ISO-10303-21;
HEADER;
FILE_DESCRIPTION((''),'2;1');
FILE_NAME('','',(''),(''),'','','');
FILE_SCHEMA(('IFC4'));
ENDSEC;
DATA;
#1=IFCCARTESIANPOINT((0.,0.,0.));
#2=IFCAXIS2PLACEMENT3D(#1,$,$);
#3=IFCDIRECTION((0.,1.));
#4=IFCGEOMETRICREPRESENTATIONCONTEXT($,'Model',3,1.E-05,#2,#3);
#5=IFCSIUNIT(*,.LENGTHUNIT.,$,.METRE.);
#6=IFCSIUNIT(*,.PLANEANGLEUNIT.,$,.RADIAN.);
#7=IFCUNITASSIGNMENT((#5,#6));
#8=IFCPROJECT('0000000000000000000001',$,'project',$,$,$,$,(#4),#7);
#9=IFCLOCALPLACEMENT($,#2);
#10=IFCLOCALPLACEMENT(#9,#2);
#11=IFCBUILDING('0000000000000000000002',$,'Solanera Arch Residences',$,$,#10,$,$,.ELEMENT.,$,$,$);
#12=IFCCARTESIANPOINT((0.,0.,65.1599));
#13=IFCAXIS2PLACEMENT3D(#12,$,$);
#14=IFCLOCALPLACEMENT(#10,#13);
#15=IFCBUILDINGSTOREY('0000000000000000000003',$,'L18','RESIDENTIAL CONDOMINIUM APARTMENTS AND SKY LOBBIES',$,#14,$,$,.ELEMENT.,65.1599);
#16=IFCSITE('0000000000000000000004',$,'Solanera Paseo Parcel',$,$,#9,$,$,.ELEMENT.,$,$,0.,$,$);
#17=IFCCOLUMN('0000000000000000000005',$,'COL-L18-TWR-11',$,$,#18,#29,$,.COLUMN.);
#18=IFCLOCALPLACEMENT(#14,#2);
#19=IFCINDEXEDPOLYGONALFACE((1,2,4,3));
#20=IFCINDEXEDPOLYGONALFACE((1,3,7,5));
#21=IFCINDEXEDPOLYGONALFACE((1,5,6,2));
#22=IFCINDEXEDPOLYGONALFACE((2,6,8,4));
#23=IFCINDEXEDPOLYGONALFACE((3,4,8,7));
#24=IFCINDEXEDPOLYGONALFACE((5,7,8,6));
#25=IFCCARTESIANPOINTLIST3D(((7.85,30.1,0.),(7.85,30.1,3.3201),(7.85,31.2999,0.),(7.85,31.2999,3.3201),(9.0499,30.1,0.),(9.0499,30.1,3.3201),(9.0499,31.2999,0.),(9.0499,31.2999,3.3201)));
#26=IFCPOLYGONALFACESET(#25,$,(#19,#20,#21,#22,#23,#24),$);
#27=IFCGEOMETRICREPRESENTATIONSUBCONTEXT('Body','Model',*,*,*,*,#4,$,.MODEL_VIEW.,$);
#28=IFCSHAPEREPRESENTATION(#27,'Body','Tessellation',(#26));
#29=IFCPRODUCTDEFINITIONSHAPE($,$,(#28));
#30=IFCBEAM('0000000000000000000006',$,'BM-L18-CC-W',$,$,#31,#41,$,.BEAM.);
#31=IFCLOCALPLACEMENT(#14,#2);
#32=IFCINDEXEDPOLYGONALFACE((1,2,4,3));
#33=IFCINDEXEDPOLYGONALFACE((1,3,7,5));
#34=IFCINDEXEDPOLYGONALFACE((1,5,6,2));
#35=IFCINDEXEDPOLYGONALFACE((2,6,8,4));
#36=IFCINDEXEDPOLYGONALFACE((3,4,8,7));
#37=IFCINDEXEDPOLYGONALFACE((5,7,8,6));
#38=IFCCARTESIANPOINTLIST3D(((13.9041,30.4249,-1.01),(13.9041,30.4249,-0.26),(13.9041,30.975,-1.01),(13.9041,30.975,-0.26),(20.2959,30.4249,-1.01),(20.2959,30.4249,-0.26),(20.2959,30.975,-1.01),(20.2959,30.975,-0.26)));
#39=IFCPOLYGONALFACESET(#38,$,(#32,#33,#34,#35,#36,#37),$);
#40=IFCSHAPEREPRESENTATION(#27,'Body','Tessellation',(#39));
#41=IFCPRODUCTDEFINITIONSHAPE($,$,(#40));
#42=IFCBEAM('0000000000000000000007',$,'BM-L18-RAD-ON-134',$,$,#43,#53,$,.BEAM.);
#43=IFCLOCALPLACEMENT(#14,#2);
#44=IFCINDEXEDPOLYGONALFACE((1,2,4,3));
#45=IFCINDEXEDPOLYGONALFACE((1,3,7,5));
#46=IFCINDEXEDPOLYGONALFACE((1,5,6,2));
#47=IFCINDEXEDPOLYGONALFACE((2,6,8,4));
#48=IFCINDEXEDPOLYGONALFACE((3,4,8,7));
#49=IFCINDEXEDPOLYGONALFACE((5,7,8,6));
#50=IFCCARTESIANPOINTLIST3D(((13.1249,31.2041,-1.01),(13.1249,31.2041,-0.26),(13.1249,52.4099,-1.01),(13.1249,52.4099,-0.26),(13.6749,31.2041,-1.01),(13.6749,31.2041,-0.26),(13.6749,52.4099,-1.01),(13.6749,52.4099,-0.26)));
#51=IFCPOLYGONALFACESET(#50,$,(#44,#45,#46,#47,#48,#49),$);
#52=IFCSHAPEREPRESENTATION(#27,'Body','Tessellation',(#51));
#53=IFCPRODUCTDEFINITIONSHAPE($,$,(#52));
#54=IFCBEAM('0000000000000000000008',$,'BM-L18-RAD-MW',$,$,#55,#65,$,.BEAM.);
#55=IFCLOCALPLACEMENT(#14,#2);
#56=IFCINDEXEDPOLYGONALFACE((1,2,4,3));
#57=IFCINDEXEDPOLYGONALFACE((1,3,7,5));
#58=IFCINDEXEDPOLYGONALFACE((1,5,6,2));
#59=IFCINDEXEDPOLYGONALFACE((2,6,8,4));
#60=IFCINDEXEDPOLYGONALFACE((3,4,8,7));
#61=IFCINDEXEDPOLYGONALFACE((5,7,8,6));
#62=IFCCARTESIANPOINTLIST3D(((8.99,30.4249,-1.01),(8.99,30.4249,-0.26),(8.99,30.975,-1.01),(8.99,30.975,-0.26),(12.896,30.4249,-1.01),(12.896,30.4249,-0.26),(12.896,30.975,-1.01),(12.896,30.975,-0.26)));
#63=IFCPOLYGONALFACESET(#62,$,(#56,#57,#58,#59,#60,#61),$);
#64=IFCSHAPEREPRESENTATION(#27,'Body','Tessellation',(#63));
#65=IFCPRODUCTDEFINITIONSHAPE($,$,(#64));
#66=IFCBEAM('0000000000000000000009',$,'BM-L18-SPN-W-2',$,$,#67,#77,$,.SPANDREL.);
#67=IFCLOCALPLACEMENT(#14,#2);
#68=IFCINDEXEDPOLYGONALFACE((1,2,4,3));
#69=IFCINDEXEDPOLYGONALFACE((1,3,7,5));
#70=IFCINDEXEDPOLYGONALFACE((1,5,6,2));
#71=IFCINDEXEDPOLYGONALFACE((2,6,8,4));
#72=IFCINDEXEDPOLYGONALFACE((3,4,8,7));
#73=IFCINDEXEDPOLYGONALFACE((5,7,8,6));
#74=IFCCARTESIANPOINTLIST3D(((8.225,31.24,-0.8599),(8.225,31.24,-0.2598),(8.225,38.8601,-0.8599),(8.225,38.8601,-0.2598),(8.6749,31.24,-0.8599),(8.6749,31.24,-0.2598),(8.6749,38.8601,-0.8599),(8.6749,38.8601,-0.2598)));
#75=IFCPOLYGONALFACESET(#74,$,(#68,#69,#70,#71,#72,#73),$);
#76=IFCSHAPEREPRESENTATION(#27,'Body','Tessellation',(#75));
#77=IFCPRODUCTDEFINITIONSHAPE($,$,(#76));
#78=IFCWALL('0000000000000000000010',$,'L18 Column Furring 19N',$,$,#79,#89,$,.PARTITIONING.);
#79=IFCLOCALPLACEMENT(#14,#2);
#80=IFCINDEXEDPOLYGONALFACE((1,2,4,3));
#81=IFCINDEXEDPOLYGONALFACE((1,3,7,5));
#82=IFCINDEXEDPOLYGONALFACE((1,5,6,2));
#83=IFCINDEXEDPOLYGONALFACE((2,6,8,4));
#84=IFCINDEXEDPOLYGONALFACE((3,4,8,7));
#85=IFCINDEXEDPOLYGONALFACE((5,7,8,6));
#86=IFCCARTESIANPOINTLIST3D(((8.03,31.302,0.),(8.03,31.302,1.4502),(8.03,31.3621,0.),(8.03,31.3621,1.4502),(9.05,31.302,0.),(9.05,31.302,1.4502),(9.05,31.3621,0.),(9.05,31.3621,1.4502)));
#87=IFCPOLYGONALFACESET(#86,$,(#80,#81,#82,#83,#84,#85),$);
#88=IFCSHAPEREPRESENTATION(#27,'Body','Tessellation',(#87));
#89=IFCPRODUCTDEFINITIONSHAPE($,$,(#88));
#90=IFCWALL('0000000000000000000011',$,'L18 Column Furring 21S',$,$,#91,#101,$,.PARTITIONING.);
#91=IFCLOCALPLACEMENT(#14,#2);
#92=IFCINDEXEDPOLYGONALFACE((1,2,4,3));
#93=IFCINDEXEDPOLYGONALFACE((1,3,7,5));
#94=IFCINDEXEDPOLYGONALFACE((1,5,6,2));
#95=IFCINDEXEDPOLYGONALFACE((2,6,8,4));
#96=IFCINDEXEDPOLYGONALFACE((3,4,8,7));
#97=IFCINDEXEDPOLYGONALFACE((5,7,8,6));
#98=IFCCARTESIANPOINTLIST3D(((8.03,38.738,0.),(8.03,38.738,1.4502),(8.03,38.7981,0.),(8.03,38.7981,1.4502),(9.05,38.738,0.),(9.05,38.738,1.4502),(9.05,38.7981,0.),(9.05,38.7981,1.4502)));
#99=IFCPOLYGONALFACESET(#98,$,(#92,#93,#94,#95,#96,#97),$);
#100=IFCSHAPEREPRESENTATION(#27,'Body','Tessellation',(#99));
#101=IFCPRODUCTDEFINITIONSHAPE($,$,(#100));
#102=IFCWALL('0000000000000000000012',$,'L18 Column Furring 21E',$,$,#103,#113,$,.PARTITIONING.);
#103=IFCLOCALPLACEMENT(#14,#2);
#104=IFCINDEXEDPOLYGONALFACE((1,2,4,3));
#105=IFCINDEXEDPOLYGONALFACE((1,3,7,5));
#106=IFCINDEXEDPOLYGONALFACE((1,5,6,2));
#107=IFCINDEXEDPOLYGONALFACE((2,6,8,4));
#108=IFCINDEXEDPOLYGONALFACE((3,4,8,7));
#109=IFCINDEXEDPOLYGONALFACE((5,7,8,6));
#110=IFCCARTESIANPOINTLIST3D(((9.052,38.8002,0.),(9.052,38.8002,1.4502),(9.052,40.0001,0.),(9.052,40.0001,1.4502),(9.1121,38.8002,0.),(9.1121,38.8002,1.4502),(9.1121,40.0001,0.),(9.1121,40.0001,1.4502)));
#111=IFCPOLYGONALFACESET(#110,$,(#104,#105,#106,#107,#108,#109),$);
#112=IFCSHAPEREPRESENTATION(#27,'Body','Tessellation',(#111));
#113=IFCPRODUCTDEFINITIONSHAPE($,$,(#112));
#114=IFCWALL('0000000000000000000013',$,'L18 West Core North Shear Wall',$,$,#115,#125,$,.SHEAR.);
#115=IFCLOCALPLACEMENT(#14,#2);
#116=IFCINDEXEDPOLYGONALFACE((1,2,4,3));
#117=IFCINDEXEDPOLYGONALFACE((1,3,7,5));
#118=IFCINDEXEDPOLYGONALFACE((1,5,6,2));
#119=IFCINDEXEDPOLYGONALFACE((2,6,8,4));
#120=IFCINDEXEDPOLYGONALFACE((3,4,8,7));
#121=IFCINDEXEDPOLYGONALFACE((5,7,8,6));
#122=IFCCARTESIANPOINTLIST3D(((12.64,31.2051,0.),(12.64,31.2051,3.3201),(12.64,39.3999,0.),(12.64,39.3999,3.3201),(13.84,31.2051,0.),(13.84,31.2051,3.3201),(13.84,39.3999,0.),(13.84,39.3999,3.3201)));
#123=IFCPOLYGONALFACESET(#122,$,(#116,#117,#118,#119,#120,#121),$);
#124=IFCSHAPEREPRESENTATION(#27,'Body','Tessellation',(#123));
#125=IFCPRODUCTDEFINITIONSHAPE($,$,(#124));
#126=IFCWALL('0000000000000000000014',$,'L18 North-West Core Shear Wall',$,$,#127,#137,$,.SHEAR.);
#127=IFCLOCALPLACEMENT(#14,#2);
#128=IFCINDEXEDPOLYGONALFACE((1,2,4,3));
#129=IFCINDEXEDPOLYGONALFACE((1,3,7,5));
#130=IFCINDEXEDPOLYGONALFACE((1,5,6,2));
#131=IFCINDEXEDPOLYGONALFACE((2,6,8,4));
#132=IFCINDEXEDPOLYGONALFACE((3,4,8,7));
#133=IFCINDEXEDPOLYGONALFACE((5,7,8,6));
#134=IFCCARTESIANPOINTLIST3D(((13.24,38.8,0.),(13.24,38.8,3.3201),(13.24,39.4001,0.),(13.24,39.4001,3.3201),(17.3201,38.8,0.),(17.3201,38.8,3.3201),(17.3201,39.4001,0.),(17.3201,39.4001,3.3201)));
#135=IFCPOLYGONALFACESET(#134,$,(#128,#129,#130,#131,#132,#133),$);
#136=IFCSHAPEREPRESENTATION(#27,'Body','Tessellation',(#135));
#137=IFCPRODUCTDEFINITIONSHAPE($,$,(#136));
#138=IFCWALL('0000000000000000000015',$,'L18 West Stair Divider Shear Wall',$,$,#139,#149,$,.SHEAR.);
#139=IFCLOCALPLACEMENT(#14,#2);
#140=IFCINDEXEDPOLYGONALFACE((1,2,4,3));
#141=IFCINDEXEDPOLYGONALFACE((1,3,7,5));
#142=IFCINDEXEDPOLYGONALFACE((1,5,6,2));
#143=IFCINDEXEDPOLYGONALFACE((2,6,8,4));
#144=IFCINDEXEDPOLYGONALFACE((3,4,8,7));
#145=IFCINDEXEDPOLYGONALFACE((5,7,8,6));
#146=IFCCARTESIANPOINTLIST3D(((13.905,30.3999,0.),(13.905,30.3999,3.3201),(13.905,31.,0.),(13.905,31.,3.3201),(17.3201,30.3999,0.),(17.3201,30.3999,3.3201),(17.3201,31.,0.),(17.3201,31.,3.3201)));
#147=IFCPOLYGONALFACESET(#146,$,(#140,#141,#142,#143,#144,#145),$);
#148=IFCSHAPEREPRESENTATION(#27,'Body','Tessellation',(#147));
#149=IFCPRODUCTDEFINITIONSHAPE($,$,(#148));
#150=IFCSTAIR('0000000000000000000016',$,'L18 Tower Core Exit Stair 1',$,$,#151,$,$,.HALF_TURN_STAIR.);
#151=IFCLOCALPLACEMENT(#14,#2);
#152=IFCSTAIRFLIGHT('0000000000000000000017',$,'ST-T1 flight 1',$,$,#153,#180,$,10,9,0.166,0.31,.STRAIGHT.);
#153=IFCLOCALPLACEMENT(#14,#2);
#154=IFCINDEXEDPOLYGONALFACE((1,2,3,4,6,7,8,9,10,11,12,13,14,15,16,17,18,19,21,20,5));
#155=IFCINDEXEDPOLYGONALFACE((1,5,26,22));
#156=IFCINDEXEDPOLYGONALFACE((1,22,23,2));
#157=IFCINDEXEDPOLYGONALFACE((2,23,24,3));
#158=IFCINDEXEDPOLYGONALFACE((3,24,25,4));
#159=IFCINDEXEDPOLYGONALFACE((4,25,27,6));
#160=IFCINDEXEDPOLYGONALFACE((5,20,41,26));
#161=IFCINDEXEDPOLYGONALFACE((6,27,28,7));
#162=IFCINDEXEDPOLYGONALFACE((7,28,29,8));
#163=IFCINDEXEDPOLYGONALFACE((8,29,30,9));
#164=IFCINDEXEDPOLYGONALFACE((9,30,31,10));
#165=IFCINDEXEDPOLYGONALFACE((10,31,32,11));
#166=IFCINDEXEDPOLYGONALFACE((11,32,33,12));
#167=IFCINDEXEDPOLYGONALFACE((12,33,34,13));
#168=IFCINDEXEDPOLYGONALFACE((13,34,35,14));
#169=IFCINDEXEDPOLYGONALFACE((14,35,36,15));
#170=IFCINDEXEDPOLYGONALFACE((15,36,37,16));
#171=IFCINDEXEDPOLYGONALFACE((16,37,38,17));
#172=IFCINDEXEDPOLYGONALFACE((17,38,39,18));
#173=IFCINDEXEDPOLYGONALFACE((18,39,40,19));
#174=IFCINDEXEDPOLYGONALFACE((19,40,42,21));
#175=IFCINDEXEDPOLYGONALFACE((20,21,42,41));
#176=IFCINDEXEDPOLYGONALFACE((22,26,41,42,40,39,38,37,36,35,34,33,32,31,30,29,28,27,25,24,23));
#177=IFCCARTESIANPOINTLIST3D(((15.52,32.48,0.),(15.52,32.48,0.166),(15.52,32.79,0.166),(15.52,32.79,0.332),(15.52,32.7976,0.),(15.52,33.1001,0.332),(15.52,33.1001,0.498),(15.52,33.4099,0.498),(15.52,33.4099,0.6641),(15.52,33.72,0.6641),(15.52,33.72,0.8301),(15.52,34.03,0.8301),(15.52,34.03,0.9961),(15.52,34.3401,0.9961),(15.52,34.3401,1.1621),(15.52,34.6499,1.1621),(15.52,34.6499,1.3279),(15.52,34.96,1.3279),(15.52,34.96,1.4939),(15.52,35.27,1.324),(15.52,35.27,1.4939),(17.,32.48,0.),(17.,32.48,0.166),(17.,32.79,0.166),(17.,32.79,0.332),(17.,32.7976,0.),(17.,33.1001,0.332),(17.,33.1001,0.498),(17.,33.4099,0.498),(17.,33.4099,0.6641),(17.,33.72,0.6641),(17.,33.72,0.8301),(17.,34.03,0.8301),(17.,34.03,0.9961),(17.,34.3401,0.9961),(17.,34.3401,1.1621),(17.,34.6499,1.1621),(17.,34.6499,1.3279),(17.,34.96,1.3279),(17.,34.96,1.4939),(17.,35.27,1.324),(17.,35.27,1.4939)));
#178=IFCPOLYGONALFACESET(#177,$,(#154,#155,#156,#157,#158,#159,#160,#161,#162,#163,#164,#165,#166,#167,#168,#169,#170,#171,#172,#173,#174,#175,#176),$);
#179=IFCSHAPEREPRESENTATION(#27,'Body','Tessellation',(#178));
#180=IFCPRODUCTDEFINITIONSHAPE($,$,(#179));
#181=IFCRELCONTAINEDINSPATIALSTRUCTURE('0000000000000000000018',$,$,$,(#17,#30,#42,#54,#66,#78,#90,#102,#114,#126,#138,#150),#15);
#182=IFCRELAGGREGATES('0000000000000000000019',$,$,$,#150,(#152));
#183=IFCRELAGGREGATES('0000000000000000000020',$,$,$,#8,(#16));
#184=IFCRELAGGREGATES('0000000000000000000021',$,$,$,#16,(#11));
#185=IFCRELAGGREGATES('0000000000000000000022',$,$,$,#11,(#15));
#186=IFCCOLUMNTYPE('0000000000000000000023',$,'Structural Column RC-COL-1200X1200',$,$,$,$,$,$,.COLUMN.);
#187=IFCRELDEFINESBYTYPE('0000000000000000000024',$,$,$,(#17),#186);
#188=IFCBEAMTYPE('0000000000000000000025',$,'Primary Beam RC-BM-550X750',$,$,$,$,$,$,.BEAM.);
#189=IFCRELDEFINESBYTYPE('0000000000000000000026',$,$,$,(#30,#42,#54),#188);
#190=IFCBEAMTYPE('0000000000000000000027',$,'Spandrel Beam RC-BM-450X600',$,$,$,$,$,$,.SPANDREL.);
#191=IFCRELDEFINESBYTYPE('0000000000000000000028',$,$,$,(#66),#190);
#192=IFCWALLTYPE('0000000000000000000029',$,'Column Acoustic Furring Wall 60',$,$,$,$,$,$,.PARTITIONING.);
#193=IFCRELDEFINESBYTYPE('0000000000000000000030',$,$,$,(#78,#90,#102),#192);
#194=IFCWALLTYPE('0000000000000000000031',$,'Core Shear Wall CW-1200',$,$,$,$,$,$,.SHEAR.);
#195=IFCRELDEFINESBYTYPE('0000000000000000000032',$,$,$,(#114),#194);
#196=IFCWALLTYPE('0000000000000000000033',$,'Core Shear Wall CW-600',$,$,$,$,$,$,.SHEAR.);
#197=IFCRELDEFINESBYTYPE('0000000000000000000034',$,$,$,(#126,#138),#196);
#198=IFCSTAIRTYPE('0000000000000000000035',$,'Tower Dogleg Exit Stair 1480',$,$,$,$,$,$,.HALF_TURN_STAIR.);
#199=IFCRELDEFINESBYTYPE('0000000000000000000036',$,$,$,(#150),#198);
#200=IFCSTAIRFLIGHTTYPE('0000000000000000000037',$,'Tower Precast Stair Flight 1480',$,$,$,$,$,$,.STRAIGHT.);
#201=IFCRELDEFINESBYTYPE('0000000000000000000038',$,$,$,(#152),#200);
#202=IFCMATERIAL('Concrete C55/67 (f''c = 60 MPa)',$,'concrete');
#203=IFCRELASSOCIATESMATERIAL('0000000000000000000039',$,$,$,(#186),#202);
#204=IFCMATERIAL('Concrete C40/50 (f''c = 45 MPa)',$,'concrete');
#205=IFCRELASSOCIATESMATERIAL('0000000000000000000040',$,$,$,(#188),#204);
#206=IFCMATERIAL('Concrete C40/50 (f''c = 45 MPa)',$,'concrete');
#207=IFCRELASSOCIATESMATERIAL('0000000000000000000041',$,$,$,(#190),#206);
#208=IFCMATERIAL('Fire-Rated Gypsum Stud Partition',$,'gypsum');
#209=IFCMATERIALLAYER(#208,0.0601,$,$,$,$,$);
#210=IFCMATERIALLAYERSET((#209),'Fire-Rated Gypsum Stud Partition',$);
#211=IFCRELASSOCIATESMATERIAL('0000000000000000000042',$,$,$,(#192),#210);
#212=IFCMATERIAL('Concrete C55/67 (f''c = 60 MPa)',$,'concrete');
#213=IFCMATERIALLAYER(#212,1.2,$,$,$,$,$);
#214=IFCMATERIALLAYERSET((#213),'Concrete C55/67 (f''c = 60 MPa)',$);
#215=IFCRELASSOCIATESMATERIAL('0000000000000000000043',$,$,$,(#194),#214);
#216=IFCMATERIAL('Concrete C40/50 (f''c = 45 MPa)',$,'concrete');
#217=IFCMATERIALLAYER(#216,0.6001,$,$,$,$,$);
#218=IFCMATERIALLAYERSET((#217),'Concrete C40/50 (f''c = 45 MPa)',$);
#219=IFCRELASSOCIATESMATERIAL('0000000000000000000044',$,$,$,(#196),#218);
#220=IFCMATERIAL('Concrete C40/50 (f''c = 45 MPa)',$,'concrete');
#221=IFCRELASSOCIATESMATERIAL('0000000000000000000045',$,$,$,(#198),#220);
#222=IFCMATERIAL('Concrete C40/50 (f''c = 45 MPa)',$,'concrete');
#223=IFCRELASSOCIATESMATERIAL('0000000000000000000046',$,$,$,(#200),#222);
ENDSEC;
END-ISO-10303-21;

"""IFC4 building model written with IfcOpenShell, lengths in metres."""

from ifc_helpers import new_model, si_unit, direction, frame, frame_2d, origin, origin_2d, place, context, subcontext, project, spatial, polyline, rectangle, outline, extrude, material, layer, layer_set, material_profile, profile_set, type_object, element, aggregate, save


model = new_model("IFC4")

# Units and contexts
model_context = context("Model", 3, precision=1e-05, world=origin(), true_north=direction((0.0, 1.0)))
body_context = subcontext(model_context, "Body", "Model", "MODEL_VIEW")
ifc_project = project(units=[si_unit("LENGTHUNIT", "METRE"), si_unit("PLANEANGLEUNIT", "RADIAN")], contexts=[model_context])

# Site, building, storey
site_placement = place(None, origin())
site = spatial("IfcSite", under=ifc_project, at=site_placement, Name="Solanera Paseo Parcel", CompositionType="ELEMENT", RefElevation=0.0)
building_placement = place(site_placement, origin())
building = spatial("IfcBuilding", under=site, at=building_placement, Name="Solanera Arch Residences", CompositionType="ELEMENT")
storey_placement = place(building_placement, frame((0.0, 0.0, 65.1599)))
storey = spatial("IfcBuildingStorey", under=building, at=storey_placement, Name="L18", Description="RESIDENTIAL CONDOMINIUM APARTMENTS AND SKY LOBBIES", CompositionType="ELEMENT", Elevation=65.1599)

# Column
ifc_material_1 = material(Name="Concrete C55/67 (f'c = 60 MPa)", Category="concrete")
ifc_material_profile_1 = material_profile(ifc_material_1, rectangle(XDim=1.2, YDim=1.2, at=origin_2d()))
ifc_profile_set_1 = profile_set([ifc_material_profile_1], Name="Concrete C55/67 (f'c = 60 MPa)")
column_type = type_object("IfcColumnType", Name="Structural Column RC-COL-1200X1200", PredefinedType="COLUMN", material=ifc_profile_set_1)
column_placement = place(storey_placement, frame((8.45, 30.7, 0.0), z_axis=(0.0, 0.0, 1.0), x_axis=(1.0, 0.0, 0.0)))
element("IfcColumn", 1, at=column_placement, inside=storey, type_object=column_type, Name="COL-L18-TWR-11", PredefinedType="COLUMN", context=body_context, shape_type="SweptSolid", body=[
    extrude(rectangle(XDim=1.2, YDim=1.2, at=origin_2d()), origin(), (0.0, 0.0, 1.0), 3.3201),
])

# Beams
ifc_material_2 = material(Name="Concrete C40/50 (f'c = 45 MPa)", Category="concrete")
ifc_material_profile_2 = material_profile(ifc_material_2, rectangle(XDim=0.55, YDim=0.75, at=origin_2d()))
ifc_profile_set_2 = profile_set([ifc_material_profile_2], Name="Concrete C40/50 (f'c = 45 MPa)")
beam_type_1 = type_object("IfcBeamType", Name="Primary Beam RC-BM-550X750", PredefinedType="BEAM", material=ifc_profile_set_2)
beam_1_placement = place(storey_placement, frame((13.9041, 30.7, -0.635), z_axis=(1.0, 0.0, 0.0), x_axis=(0.0, 1.0, 0.0)))
element("IfcBeam", 2, at=beam_1_placement, inside=storey, type_object=beam_type_1, Name="BM-L18-CC-W", PredefinedType="BEAM", context=body_context, shape_type="SweptSolid", body=[
    extrude(rectangle(XDim=0.55, YDim=0.75, at=origin_2d()), origin(), (0.0, 0.0, 1.0), 6.3918),
])
beam_2_placement = place(storey_placement, frame((13.3999, 31.2041, -0.635), z_axis=(0.0, 1.0, 0.0), x_axis=(-1.0, 0.0, 0.0)))
element("IfcBeam", 3, at=beam_2_placement, inside=storey, type_object=beam_type_1, Name="BM-L18-RAD-ON-134", PredefinedType="BEAM", context=body_context, shape_type="SweptSolid", body=[
    extrude(rectangle(XDim=0.55, YDim=0.75, at=origin_2d()), origin(), (0.0, 0.0, 1.0), 21.2058),
])
beam_3_placement = place(storey_placement, frame((8.99, 30.7, -0.635), z_axis=(1.0, 0.0, 0.0), x_axis=(0.0, 1.0, 0.0)))
element("IfcBeam", 4, at=beam_3_placement, inside=storey, type_object=beam_type_1, Name="BM-L18-RAD-MW", PredefinedType="BEAM", context=body_context, shape_type="SweptSolid", body=[
    extrude(rectangle(XDim=0.55, YDim=0.75, at=origin_2d()), origin(), (0.0, 0.0, 1.0), 3.906),
])
ifc_material_3 = material(Name="Concrete C40/50 (f'c = 45 MPa)", Category="concrete")
ifc_material_profile_3 = material_profile(ifc_material_3, rectangle(XDim=0.45, YDim=0.6001, at=origin_2d()))
ifc_profile_set_3 = profile_set([ifc_material_profile_3], Name="Concrete C40/50 (f'c = 45 MPa)")
beam_type_2 = type_object("IfcBeamType", Name="Spandrel Beam RC-BM-450X600", PredefinedType="SPANDREL", material=ifc_profile_set_3)
beam_4_placement = place(storey_placement, frame((8.45, 31.24, -0.5598), z_axis=(0.0, 1.0, 0.0), x_axis=(-1.0, 0.0, 0.0)))
element("IfcBeam", 5, at=beam_4_placement, inside=storey, type_object=beam_type_2, Name="BM-L18-SPN-W-2", PredefinedType="SPANDREL", context=body_context, shape_type="SweptSolid", body=[
    extrude(rectangle(XDim=0.45, YDim=0.6001, at=origin_2d()), origin(), (0.0, 0.0, 1.0), 7.6201),
])

# Walls
ifc_material_4 = material(Name="Fire-Rated Gypsum Stud Partition", Category="gypsum")
ifc_layer_1 = layer(ifc_material_4, 0.0601)
ifc_layer_set_1 = layer_set([ifc_layer_1], Name="Fire-Rated Gypsum Stud Partition")
wall_type_1 = type_object("IfcWallType", Name="Column Acoustic Furring Wall 60", PredefinedType="PARTITIONING", material=ifc_layer_set_1)
for number, where, z_axis, x_axis, name in (
    (6, (8.03, 31.332, 0.0), (0.0, 0.0, 1.0), (1.0, 0.0, 0.0), "L18 Column Furring 19N"),
    (7, (8.03, 38.7681, 0.0), (0.0, 0.0, 1.0), (1.0, 0.0, 0.0), "L18 Column Furring 21S"),
):
    element("IfcWall", number, at=place(storey_placement, frame(where, z_axis=z_axis, x_axis=x_axis)), inside=storey, type_object=wall_type_1, Name=name, PredefinedType="PARTITIONING", context=body_context, shape_type="SweptSolid", body=[
        extrude(rectangle(XDim=1.02, YDim=0.0601, at=frame_2d((0.51, 0.0))), origin(), (0.0, 0.0, 1.0), 1.4502),
    ])
wall_1_placement = place(storey_placement, frame((9.082, 38.8, 0.0), z_axis=(0.0, 0.0, 1.0), x_axis=(0.0, 1.0, 0.0)))
element("IfcWall", 8, at=wall_1_placement, inside=storey, type_object=wall_type_1, Name="L18 Column Furring 21E", PredefinedType="PARTITIONING", context=body_context, shape_type="SweptSolid", body=[
    extrude(rectangle(XDim=1.2, YDim=0.0601, at=frame_2d((0.6001, 0.0))), origin(), (0.0, 0.0, 1.0), 1.4502),
])
ifc_material_5 = material(Name="Concrete C55/67 (f'c = 60 MPa)", Category="concrete")
ifc_layer_2 = layer(ifc_material_5, 1.2)
ifc_layer_set_2 = layer_set([ifc_layer_2], Name="Concrete C55/67 (f'c = 60 MPa)")
wall_type_2 = type_object("IfcWallType", Name="Core Shear Wall CW-1200", PredefinedType="SHEAR", material=ifc_layer_set_2)
wall_2_placement = place(storey_placement, frame((13.24, 31.2051, 0.0), z_axis=(0.0, 0.0, 1.0), x_axis=(0.0, 1.0, 0.0)))
element("IfcWall", 9, at=wall_2_placement, inside=storey, type_object=wall_type_2, Name="L18 West Core North Shear Wall", PredefinedType="SHEAR", context=body_context, shape_type="SweptSolid", body=[
    extrude(rectangle(XDim=8.1948, YDim=1.2, at=frame_2d((4.0974, 0.0))), origin(), (0.0, 0.0, 1.0), 3.3201),
])
ifc_material_6 = material(Name="Concrete C40/50 (f'c = 45 MPa)", Category="concrete")
ifc_layer_3 = layer(ifc_material_6, 0.6001)
ifc_layer_set_3 = layer_set([ifc_layer_3], Name="Concrete C40/50 (f'c = 45 MPa)")
wall_type_3 = type_object("IfcWallType", Name="Core Shear Wall CW-600", PredefinedType="SHEAR", material=ifc_layer_set_3)
wall_3_placement = place(storey_placement, frame((13.24, 39.1001, 0.0), z_axis=(0.0, 0.0, 1.0), x_axis=(1.0, 0.0, 0.0)))
element("IfcWall", 10, at=wall_3_placement, inside=storey, type_object=wall_type_3, Name="L18 North-West Core Shear Wall", PredefinedType="SHEAR", context=body_context, shape_type="SweptSolid", body=[
    extrude(rectangle(XDim=4.0801, YDim=0.6001, at=frame_2d((2.04, 0.0))), origin(), (0.0, 0.0, 1.0), 3.3201),
])
wall_4_placement = place(storey_placement, frame((13.905, 30.7, 0.0), z_axis=(0.0, 0.0, 1.0), x_axis=(1.0, 0.0, 0.0)))
element("IfcWall", 11, at=wall_4_placement, inside=storey, type_object=wall_type_3, Name="L18 West Stair Divider Shear Wall", PredefinedType="SHEAR", context=body_context, shape_type="SweptSolid", body=[
    extrude(rectangle(XDim=3.415, YDim=0.6001, at=frame_2d((1.7075, 0.0))), origin(), (0.0, 0.0, 1.0), 3.3201),
])

# Stair, stair flight
ifc_material_7 = material(Name="Concrete C40/50 (f'c = 45 MPa)", Category="concrete")
stair_type = type_object("IfcStairType", Name="Tower Dogleg Exit Stair 1480", PredefinedType="HALF_TURN_STAIR", material=ifc_material_7)
stair_placement = place(storey_placement, origin())
stair = element("IfcStair", 12, at=stair_placement, inside=storey, type_object=stair_type, Name="L18 Tower Core Exit Stair 1", PredefinedType="HALF_TURN_STAIR")
ifc_material_8 = material(Name="Concrete C40/50 (f'c = 45 MPa)", Category="concrete")
stair_flight_type = type_object("IfcStairFlightType", Name="Tower Precast Stair Flight 1480", PredefinedType="STRAIGHT", material=ifc_material_8)
stair_flight_1_placement = place(storey_placement, frame((16.26, 32.48, 0.0), z_axis=(0.0, 0.0, 1.0), x_axis=(0.0, 1.0, 0.0)))
stair_flight_1 = element("IfcStairFlight", 13, at=stair_flight_1_placement, type_object=stair_flight_type, Name="ST-T1 flight 1", NumberOfRisers=10, NumberOfTreads=9, PredefinedType="STRAIGHT", RiserHeight=0.166, TreadLength=0.31, context=body_context, shape_type="SweptSolid", body=[
    extrude(outline(polyline([(0.0, 0.0), (0.0, 0.166), (0.3101, 0.166), (0.3101, 0.332), (0.6201, 0.332), (0.6201, 0.498), (0.9299, 0.498), (0.9299, 0.6641), (1.24, 0.6641), (1.24, 0.8301), (1.55, 0.8301), (1.55, 0.9961), (1.8601, 0.9961), (1.8601, 1.1621), (2.1699, 1.1621), (2.1699, 1.3279), (2.48, 1.3279), (2.48, 1.4939), (2.79, 1.4939), (2.79, 1.6599), (2.79, 1.324), (0.3176, 0.0), (0.0, 0.0)])), frame((0.0, 0.74, 0.0), z_axis=(0.0, -1.0, 0.0), x_axis=(1.0, 0.0, 0.0)), (0.0, 0.0, 1.0), 1.48),
])
aggregate(stair, [stair_flight_1])

save(model, "model.ifc")
